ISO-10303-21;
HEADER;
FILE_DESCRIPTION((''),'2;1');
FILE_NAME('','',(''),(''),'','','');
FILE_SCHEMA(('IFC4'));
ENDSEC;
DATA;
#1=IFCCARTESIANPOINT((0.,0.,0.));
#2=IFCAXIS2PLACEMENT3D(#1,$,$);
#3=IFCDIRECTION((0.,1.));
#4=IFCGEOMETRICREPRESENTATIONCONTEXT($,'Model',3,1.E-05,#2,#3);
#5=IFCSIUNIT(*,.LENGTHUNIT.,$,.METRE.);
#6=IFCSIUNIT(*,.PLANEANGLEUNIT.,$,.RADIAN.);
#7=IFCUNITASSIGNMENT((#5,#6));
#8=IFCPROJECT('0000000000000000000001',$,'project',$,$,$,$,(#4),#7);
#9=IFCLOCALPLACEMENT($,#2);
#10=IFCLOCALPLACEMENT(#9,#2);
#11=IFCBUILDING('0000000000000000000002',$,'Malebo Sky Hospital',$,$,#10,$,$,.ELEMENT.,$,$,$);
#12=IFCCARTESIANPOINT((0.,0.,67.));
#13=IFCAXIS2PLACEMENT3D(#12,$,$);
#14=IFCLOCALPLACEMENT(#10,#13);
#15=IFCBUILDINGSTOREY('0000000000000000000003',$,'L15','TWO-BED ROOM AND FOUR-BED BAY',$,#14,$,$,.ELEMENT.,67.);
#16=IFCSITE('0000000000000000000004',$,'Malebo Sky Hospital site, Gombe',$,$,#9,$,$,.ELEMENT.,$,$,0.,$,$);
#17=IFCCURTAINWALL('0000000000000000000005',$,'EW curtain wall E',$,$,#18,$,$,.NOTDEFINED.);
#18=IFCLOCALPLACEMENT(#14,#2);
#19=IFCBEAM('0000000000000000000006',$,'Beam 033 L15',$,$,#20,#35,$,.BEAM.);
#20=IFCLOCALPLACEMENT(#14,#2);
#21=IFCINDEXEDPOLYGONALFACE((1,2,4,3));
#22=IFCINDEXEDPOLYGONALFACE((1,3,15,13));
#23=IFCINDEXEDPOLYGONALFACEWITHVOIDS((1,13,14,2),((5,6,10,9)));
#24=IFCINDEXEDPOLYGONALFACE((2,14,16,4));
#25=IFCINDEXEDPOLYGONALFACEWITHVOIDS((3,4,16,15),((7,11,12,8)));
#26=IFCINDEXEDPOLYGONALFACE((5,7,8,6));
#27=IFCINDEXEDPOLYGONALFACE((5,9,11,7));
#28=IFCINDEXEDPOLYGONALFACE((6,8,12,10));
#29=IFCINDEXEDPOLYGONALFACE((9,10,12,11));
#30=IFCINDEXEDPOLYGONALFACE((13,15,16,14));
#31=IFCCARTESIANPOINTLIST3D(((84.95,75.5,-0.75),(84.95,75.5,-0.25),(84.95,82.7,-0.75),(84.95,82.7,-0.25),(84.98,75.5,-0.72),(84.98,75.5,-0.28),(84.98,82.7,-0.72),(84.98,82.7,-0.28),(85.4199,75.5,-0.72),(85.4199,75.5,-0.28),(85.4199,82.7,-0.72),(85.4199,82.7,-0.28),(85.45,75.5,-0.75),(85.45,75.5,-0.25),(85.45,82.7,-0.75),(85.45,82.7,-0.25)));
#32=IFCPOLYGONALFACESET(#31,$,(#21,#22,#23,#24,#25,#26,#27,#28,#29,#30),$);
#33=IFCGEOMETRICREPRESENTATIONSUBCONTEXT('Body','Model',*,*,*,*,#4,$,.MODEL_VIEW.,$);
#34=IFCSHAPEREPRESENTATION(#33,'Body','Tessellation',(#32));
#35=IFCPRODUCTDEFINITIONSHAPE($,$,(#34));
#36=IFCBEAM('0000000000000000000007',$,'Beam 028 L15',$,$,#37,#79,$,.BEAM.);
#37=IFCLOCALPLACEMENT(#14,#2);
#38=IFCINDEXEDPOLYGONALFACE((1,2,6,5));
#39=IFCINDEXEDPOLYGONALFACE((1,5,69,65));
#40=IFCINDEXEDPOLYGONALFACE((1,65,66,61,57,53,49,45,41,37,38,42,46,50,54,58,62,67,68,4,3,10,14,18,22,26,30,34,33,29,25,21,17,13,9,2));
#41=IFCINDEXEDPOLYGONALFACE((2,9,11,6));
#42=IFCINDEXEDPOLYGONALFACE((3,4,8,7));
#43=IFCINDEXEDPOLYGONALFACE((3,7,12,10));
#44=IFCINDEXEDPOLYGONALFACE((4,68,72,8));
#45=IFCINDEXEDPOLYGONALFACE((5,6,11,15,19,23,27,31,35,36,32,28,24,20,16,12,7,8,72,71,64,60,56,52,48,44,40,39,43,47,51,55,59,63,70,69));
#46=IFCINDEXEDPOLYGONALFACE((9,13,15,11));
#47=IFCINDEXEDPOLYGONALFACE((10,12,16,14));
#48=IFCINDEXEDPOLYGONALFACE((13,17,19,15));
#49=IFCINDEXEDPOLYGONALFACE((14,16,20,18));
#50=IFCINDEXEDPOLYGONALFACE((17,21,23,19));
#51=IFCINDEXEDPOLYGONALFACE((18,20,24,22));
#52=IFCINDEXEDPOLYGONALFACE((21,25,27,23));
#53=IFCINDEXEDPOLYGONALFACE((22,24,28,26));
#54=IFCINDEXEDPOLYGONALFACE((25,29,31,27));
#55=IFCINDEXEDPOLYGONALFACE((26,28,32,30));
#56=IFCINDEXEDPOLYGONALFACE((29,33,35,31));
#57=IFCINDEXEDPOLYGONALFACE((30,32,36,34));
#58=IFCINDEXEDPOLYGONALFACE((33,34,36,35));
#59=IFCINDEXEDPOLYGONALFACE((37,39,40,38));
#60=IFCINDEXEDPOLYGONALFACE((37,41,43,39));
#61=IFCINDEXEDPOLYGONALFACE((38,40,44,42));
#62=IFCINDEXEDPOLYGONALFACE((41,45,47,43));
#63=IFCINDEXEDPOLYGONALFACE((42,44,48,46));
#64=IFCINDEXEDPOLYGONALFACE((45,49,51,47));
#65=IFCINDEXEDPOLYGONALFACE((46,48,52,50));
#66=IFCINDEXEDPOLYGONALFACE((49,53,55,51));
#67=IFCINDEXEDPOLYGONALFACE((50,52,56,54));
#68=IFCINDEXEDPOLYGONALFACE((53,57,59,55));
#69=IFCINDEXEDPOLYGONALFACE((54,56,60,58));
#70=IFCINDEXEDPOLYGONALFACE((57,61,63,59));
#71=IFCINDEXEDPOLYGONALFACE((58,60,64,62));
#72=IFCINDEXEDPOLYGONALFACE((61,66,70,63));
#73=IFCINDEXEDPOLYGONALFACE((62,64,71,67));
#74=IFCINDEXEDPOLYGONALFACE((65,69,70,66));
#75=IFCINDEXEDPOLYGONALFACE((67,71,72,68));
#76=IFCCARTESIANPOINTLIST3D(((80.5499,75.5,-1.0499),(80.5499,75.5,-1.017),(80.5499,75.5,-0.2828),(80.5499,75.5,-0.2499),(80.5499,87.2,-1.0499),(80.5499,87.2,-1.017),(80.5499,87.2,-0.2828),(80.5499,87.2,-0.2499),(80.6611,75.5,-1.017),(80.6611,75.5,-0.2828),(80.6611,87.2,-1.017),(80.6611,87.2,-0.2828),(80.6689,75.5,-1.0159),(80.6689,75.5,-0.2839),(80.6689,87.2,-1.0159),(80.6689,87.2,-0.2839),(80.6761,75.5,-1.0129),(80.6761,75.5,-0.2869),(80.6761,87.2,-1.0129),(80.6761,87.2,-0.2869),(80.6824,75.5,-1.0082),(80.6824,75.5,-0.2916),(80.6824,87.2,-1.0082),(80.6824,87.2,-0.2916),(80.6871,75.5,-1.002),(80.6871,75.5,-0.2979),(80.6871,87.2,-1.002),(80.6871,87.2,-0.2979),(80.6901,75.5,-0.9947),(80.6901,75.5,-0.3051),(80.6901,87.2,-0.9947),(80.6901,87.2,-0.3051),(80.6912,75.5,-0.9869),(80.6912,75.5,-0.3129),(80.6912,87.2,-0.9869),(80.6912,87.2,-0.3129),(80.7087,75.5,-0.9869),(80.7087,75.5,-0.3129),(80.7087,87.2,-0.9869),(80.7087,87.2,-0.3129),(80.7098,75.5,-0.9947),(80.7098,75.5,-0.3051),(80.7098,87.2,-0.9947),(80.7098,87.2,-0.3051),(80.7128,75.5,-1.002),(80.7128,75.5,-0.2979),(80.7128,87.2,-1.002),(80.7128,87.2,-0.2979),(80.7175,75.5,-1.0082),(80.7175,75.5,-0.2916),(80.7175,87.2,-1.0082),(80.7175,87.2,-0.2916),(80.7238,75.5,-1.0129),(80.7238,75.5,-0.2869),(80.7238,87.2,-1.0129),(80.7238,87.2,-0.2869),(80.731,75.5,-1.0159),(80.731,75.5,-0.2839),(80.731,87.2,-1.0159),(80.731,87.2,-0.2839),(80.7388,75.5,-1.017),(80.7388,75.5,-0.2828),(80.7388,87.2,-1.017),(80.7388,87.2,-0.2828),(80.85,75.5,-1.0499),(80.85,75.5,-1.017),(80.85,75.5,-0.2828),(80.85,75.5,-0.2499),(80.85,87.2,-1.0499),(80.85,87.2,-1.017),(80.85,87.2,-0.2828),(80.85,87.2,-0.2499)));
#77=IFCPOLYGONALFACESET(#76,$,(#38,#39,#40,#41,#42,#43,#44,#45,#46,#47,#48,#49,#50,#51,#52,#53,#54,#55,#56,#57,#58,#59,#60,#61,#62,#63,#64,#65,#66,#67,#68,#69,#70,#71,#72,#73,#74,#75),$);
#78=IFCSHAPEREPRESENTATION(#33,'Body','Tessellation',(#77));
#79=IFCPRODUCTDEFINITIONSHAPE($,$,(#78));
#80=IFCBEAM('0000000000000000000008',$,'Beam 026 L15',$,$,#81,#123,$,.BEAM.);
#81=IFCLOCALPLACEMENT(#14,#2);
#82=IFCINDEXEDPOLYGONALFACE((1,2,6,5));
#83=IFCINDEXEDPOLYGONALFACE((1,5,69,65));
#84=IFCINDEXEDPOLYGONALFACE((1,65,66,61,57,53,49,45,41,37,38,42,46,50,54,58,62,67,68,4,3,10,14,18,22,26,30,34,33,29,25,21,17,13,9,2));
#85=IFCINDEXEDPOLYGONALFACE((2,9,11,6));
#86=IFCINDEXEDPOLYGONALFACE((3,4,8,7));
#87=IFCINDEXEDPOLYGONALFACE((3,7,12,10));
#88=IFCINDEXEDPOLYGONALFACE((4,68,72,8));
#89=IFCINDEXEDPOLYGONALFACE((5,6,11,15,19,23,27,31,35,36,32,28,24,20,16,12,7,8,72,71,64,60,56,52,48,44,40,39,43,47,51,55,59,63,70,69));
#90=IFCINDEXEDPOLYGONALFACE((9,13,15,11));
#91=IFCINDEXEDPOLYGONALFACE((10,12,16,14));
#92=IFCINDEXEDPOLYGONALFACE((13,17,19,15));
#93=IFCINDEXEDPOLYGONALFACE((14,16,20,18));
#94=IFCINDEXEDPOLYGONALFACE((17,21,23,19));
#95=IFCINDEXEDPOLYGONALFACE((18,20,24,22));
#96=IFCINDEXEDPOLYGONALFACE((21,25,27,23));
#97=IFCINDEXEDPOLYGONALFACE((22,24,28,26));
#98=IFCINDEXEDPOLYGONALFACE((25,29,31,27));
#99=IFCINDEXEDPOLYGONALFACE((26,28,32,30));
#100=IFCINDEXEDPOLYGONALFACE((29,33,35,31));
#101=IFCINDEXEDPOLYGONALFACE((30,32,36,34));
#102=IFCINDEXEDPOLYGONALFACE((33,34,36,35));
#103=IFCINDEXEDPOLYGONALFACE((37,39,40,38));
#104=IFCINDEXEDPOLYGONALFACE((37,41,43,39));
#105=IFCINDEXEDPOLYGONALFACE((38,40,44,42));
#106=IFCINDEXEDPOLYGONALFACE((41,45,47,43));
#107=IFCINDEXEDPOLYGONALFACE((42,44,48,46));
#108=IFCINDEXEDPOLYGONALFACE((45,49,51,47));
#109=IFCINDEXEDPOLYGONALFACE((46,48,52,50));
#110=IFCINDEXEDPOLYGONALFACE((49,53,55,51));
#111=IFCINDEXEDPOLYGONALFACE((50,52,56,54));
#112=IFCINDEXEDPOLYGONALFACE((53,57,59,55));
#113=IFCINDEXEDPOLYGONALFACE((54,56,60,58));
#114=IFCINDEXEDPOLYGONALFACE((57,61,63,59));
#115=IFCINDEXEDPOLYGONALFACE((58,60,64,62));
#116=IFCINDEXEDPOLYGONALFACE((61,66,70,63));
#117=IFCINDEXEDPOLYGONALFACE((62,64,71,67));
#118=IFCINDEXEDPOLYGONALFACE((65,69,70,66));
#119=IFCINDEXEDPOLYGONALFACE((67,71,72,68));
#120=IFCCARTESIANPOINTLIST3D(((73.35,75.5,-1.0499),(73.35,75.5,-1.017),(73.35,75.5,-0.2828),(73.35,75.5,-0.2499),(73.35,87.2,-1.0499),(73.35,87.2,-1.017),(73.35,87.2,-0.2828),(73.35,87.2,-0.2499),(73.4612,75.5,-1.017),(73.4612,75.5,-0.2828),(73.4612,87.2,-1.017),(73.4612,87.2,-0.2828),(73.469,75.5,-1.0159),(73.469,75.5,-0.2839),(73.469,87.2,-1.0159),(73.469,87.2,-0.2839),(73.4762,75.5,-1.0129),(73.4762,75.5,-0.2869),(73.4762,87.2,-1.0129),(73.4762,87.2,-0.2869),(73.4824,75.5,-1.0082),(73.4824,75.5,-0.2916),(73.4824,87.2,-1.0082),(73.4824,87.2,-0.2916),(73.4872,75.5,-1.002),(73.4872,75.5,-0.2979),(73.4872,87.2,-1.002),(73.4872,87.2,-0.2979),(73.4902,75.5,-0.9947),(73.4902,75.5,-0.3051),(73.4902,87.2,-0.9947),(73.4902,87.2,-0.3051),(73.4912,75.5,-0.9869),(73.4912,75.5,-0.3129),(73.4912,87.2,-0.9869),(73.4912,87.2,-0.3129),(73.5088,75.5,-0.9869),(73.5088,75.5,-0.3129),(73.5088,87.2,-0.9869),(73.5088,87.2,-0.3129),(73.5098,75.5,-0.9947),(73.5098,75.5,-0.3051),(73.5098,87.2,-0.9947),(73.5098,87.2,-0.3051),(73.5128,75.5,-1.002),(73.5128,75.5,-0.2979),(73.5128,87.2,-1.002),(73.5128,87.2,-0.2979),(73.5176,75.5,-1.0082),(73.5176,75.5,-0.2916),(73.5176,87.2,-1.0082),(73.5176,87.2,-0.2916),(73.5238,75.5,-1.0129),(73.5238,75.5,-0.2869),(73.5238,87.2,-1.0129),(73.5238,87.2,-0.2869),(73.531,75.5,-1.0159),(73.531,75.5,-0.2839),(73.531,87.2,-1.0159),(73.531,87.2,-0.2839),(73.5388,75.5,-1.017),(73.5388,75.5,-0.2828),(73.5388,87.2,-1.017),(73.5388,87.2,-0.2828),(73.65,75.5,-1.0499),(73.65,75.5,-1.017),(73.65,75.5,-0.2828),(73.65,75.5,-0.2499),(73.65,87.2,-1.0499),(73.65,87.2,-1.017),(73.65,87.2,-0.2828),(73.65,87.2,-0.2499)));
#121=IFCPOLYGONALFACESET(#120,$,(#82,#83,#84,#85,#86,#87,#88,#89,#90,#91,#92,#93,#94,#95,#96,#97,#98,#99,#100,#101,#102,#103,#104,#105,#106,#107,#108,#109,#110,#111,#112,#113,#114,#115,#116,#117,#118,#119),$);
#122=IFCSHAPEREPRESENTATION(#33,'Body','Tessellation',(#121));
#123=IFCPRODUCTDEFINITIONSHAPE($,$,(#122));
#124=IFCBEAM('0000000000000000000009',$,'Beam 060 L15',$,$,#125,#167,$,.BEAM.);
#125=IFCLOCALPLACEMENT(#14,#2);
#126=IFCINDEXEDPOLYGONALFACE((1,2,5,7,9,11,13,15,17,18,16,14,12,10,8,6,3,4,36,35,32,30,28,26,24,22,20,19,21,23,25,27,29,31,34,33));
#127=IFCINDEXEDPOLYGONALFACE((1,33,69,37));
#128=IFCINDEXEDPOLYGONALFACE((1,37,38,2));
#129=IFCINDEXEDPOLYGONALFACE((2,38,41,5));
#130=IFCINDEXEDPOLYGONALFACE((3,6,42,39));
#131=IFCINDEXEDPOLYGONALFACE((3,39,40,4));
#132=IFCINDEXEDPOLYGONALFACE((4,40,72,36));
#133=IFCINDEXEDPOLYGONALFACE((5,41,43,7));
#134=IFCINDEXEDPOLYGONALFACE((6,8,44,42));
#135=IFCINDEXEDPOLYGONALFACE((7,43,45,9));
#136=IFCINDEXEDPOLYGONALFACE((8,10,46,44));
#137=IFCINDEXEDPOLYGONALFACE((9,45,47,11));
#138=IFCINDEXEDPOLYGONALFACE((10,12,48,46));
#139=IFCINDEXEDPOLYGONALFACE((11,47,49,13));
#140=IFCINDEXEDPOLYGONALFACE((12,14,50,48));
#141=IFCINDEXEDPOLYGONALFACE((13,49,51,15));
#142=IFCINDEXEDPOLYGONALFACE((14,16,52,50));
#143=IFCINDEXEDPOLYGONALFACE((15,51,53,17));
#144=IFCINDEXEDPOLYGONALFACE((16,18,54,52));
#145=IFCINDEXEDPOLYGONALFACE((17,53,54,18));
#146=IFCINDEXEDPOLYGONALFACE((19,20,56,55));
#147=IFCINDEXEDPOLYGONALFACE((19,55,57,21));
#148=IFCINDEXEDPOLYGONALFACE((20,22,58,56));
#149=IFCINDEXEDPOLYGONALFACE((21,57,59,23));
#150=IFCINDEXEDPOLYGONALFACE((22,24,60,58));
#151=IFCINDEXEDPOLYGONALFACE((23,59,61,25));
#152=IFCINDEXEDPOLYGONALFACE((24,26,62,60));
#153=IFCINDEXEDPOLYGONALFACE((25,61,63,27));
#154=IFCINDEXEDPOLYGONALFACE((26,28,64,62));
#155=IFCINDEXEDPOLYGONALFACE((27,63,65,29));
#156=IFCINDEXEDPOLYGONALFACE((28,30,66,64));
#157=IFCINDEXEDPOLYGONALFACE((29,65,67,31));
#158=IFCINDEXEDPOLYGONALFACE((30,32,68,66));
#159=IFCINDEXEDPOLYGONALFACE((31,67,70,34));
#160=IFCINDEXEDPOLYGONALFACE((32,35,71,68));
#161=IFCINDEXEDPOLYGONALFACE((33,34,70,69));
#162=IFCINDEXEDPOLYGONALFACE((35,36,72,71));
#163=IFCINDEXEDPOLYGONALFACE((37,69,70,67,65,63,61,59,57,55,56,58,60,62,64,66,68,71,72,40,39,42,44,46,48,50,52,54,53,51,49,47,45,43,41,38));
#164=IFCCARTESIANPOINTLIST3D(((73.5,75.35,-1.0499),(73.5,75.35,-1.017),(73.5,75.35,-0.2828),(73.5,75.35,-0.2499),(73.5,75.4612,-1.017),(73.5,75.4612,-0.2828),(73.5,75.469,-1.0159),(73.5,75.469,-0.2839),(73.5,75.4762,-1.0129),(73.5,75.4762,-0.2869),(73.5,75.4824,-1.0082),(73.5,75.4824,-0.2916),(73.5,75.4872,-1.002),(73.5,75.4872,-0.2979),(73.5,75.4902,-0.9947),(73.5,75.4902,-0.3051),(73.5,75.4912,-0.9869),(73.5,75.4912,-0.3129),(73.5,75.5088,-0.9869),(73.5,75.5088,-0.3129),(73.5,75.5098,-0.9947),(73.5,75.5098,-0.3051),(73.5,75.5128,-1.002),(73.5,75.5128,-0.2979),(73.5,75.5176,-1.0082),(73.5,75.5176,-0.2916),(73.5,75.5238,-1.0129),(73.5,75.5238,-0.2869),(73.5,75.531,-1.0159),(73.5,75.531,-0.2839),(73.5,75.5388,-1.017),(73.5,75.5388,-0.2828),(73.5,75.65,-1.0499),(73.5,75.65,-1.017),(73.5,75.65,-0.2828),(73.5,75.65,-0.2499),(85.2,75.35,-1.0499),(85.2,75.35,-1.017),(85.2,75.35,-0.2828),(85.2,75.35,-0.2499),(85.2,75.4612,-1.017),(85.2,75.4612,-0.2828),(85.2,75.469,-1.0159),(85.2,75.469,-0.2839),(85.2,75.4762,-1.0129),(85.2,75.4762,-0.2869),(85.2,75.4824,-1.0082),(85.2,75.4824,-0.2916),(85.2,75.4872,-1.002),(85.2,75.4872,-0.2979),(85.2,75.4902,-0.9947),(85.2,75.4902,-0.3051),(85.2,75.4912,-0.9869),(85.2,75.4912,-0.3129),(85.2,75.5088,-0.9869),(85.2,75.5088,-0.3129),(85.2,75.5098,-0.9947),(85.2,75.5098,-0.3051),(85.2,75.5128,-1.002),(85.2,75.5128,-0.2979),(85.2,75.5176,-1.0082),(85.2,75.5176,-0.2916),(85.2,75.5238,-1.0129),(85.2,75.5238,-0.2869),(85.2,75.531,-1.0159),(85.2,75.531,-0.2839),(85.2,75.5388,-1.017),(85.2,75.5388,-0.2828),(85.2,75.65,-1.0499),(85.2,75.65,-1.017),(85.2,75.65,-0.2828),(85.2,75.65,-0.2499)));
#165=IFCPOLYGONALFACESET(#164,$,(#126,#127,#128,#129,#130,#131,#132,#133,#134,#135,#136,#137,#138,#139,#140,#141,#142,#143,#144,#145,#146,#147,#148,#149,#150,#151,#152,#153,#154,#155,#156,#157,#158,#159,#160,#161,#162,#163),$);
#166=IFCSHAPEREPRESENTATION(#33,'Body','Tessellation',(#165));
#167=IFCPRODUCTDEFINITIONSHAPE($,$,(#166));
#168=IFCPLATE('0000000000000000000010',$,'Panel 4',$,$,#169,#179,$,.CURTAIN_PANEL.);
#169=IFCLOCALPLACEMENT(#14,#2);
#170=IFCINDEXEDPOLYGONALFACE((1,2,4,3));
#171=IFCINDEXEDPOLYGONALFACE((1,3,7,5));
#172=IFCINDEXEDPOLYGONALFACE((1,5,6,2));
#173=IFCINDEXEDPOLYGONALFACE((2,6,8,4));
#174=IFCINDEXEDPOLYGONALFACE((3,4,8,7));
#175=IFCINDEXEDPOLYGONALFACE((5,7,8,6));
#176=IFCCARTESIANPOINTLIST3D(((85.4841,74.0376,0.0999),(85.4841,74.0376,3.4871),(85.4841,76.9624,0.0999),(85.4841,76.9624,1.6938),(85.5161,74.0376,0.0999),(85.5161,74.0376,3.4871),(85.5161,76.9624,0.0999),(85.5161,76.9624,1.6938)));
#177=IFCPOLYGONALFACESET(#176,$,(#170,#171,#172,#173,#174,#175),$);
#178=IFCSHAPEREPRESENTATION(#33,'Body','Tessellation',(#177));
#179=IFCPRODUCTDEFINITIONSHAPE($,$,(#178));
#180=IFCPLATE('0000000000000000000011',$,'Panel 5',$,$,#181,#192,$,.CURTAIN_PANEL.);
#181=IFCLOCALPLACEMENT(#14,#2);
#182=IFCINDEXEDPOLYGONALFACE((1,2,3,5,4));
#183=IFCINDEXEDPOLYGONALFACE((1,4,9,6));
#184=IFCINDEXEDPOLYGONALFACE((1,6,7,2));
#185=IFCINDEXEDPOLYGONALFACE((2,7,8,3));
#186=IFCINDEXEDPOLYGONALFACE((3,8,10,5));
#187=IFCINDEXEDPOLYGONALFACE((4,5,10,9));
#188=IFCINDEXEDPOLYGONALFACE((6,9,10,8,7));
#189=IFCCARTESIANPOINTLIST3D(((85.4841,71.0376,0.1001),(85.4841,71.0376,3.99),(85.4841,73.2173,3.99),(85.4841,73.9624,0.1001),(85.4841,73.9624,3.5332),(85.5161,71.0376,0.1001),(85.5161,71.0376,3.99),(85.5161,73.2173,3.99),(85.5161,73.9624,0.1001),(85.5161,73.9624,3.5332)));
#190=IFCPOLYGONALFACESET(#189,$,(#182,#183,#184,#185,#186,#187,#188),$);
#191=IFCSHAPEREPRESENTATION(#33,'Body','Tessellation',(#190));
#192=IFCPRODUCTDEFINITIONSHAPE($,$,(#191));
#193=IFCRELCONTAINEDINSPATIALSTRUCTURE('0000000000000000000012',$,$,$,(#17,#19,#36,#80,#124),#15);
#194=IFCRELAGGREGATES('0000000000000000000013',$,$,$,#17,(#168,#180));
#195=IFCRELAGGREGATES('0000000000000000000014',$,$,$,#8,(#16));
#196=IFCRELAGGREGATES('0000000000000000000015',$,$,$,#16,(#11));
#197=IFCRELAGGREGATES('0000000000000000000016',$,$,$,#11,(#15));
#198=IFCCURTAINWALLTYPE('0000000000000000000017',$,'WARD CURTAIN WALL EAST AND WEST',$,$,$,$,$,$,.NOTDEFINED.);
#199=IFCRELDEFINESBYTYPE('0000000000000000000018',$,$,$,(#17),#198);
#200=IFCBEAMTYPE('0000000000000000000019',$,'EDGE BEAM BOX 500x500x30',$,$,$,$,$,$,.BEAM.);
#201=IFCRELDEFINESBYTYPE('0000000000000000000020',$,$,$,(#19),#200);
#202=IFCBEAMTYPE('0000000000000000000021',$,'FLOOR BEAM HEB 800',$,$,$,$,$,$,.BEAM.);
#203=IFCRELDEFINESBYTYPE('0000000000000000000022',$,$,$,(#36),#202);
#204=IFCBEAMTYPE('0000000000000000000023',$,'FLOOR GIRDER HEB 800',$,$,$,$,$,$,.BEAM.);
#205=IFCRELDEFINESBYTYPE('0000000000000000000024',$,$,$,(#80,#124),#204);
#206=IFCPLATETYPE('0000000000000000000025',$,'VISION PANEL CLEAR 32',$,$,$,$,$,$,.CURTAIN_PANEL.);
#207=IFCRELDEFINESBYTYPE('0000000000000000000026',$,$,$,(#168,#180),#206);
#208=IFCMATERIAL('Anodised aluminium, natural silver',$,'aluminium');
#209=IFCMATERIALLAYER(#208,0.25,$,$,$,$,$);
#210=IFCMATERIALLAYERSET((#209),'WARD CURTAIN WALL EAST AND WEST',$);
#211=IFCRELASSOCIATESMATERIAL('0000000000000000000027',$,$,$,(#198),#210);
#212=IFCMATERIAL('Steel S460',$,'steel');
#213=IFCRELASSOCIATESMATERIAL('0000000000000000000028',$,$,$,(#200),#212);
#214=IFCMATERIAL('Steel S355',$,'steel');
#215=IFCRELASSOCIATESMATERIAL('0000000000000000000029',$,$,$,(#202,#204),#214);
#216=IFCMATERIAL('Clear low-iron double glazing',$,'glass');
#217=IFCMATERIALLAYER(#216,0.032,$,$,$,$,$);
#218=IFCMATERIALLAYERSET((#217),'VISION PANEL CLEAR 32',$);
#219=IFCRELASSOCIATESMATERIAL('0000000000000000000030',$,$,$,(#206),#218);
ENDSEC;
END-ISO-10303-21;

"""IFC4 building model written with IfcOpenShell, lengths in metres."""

from ifc_helpers import new_model, si_unit, direction, frame, origin, origin_2d, place, context, subcontext, project, spatial, polyline, hollow_rectangle, i_section, outline, extrude, material, layer, layer_set, material_profile, profile_set, type_object, element, aggregate, save


model = new_model("IFC4")

# Units and contexts
model_context = context("Model", 3, precision=1e-05, world=origin(), true_north=direction((0.0, 1.0)))
body_context = subcontext(model_context, "Body", "Model", "MODEL_VIEW")
ifc_project = project(units=[si_unit("LENGTHUNIT", "METRE"), si_unit("PLANEANGLEUNIT", "RADIAN")], contexts=[model_context])

# Site, building, storey
site_placement = place(None, origin())
site = spatial("IfcSite", under=ifc_project, at=site_placement, Name="Malebo Sky Hospital site, Gombe", CompositionType="ELEMENT", RefElevation=0.0)
building_placement = place(site_placement, origin())
building = spatial("IfcBuilding", under=site, at=building_placement, Name="Malebo Sky Hospital", CompositionType="ELEMENT")
storey_placement = place(building_placement, frame((0.0, 0.0, 67.0)))
storey = spatial("IfcBuildingStorey", under=building, at=storey_placement, Name="L15", Description="TWO-BED ROOM AND FOUR-BED BAY", CompositionType="ELEMENT", Elevation=67.0)

# Shared definitions
ifc_material_1 = material(Name="Steel S460", Category="steel")

# Curtain wall
ifc_material_2 = material(Name="Anodised aluminium, natural silver", Category="aluminium")
ifc_layer_1 = layer(ifc_material_2, 0.25)
ifc_layer_set_1 = layer_set([ifc_layer_1], Name="WARD CURTAIN WALL EAST AND WEST")
curtain_wall_type = type_object("IfcCurtainWallType", Name="WARD CURTAIN WALL EAST AND WEST", PredefinedType="NOTDEFINED", material=ifc_layer_set_1)
curtain_wall_placement = place(storey_placement, origin())
curtain_wall = element("IfcCurtainWall", 1, at=curtain_wall_placement, inside=storey, type_object=curtain_wall_type, Name="EW curtain wall E", PredefinedType="NOTDEFINED")

# Beams
ifc_material_profile_1 = material_profile(ifc_material_1, hollow_rectangle(XDim=0.5, YDim=0.5, WallThickness=0.03, at=origin_2d()), Name="BOX 500x500x30")
ifc_profile_set_1 = profile_set([ifc_material_profile_1], Name="Steel S460")
beam_type_1 = type_object("IfcBeamType", Name="EDGE BEAM BOX 500x500x30", PredefinedType="BEAM", material=ifc_profile_set_1)
beam_1_placement = place(storey_placement, frame((85.2, 75.5, -0.5), z_axis=(0.0, 1.0, 0.0), x_axis=(-1.0, 0.0, 0.0)))
element("IfcBeam", 2, at=beam_1_placement, inside=storey, type_object=beam_type_1, Name="Beam 033 L15", PredefinedType="BEAM", context=body_context, shape_type="SweptSolid", body=[
    extrude(hollow_rectangle(XDim=0.5, YDim=0.5, WallThickness=0.03, at=origin_2d()), origin(), (0.0, 0.0, 1.0), 7.2),
])
ifc_material_3 = material(Name="Steel S355", Category="steel")
ifc_material_profile_2 = material_profile(ifc_material_3, i_section(OverallWidth=0.3, OverallDepth=0.8, WebThickness=0.0176, FlangeThickness=0.033, FilletRadius=0.03, at=origin_2d()), Name="HEB 800")
ifc_profile_set_2 = profile_set([ifc_material_profile_2], Name="Steel S355")
beam_type_2 = type_object("IfcBeamType", Name="FLOOR BEAM HEB 800", PredefinedType="BEAM", material=ifc_profile_set_2)
beam_2_placement = place(storey_placement, frame((80.7, 75.5, -0.6499), z_axis=(0.0, 1.0, 0.0), x_axis=(-1.0, 0.0, 0.0)))
element("IfcBeam", 3, at=beam_2_placement, inside=storey, type_object=beam_type_2, Name="Beam 028 L15", PredefinedType="BEAM", context=body_context, shape_type="SweptSolid", body=[
    extrude(i_section(OverallWidth=0.3, OverallDepth=0.8, WebThickness=0.0176, FlangeThickness=0.033, FilletRadius=0.03, at=origin_2d()), origin(), (0.0, 0.0, 1.0), 11.7),
])
ifc_material_profile_3 = material_profile(ifc_material_3, i_section(OverallWidth=0.3, OverallDepth=0.8, WebThickness=0.0176, FlangeThickness=0.033, FilletRadius=0.03, at=origin_2d()), Name="HEB 800")
ifc_profile_set_3 = profile_set([ifc_material_profile_3], Name="Steel S355")
beam_type_3 = type_object("IfcBeamType", Name="FLOOR GIRDER HEB 800", PredefinedType="BEAM", material=ifc_profile_set_3)
for number, where, z_axis, x_axis, name in (
    (4, (73.5, 75.5, -0.6499), (0.0, 1.0, 0.0), (-1.0, 0.0, 0.0), "Beam 026 L15"),
    (5, (73.5, 75.5, -0.6499), (1.0, 0.0, 0.0), (0.0, 1.0, 0.0), "Beam 060 L15"),
):
    element("IfcBeam", number, at=place(storey_placement, frame(where, z_axis=z_axis, x_axis=x_axis)), inside=storey, type_object=beam_type_3, Name=name, PredefinedType="BEAM", context=body_context, shape_type="SweptSolid", body=[
        extrude(i_section(OverallWidth=0.3, OverallDepth=0.8, WebThickness=0.0176, FlangeThickness=0.033, FilletRadius=0.03, at=origin_2d()), origin(), (0.0, 0.0, 1.0), 11.7),
    ])

# Plates
ifc_material_4 = material(Name="Clear low-iron double glazing", Category="glass")
ifc_layer_2 = layer(ifc_material_4, 0.032)
ifc_layer_set_2 = layer_set([ifc_layer_2], Name="VISION PANEL CLEAR 32")
plate_type = type_object("IfcPlateType", Name="VISION PANEL CLEAR 32", PredefinedType="CURTAIN_PANEL", material=ifc_layer_set_2)
plate_1_placement = place(storey_placement, frame((85.5, 75.5, 0.0999), z_axis=(0.0, 0.0, 1.0), x_axis=(0.0, -1.0, 0.0)))
plate_1 = element("IfcPlate", 6, at=plate_1_placement, type_object=plate_type, Name="Panel 4", PredefinedType="CURTAIN_PANEL", context=body_context, shape_type="SweptSolid", body=[
    extrude(outline(polyline([(-1.4624, 0.0), (1.4624, 0.0), (1.4624, 3.3872), (-1.4624, 1.594), (-1.4624, 0.0)])), frame((0.0, 0.0161, 0.0), z_axis=(0.0, -1.0, 0.0), x_axis=(1.0, 0.0, 0.0)), (0.0, 0.0, 1.0), 0.032),
])
plate_2_placement = place(storey_placement, frame((85.5, 72.5, 0.1001), z_axis=(0.0, 0.0, 1.0), x_axis=(0.0, -1.0, 0.0)))
plate_2 = element("IfcPlate", 7, at=plate_2_placement, type_object=plate_type, Name="Panel 5", PredefinedType="CURTAIN_PANEL", context=body_context, shape_type="SweptSolid", body=[
    extrude(outline(polyline([(-1.4624, 0.0), (1.4624, 0.0), (1.4624, 3.8899), (-0.7173, 3.8899), (-1.4624, 3.4331), (-1.4624, 0.0)])), frame((0.0, 0.0161, 0.0), z_axis=(0.0, -1.0, 0.0), x_axis=(1.0, 0.0, 0.0)), (0.0, 0.0, 1.0), 0.032),
])
aggregate(curtain_wall, [plate_1, plate_2])

save(model, "model.ifc")
